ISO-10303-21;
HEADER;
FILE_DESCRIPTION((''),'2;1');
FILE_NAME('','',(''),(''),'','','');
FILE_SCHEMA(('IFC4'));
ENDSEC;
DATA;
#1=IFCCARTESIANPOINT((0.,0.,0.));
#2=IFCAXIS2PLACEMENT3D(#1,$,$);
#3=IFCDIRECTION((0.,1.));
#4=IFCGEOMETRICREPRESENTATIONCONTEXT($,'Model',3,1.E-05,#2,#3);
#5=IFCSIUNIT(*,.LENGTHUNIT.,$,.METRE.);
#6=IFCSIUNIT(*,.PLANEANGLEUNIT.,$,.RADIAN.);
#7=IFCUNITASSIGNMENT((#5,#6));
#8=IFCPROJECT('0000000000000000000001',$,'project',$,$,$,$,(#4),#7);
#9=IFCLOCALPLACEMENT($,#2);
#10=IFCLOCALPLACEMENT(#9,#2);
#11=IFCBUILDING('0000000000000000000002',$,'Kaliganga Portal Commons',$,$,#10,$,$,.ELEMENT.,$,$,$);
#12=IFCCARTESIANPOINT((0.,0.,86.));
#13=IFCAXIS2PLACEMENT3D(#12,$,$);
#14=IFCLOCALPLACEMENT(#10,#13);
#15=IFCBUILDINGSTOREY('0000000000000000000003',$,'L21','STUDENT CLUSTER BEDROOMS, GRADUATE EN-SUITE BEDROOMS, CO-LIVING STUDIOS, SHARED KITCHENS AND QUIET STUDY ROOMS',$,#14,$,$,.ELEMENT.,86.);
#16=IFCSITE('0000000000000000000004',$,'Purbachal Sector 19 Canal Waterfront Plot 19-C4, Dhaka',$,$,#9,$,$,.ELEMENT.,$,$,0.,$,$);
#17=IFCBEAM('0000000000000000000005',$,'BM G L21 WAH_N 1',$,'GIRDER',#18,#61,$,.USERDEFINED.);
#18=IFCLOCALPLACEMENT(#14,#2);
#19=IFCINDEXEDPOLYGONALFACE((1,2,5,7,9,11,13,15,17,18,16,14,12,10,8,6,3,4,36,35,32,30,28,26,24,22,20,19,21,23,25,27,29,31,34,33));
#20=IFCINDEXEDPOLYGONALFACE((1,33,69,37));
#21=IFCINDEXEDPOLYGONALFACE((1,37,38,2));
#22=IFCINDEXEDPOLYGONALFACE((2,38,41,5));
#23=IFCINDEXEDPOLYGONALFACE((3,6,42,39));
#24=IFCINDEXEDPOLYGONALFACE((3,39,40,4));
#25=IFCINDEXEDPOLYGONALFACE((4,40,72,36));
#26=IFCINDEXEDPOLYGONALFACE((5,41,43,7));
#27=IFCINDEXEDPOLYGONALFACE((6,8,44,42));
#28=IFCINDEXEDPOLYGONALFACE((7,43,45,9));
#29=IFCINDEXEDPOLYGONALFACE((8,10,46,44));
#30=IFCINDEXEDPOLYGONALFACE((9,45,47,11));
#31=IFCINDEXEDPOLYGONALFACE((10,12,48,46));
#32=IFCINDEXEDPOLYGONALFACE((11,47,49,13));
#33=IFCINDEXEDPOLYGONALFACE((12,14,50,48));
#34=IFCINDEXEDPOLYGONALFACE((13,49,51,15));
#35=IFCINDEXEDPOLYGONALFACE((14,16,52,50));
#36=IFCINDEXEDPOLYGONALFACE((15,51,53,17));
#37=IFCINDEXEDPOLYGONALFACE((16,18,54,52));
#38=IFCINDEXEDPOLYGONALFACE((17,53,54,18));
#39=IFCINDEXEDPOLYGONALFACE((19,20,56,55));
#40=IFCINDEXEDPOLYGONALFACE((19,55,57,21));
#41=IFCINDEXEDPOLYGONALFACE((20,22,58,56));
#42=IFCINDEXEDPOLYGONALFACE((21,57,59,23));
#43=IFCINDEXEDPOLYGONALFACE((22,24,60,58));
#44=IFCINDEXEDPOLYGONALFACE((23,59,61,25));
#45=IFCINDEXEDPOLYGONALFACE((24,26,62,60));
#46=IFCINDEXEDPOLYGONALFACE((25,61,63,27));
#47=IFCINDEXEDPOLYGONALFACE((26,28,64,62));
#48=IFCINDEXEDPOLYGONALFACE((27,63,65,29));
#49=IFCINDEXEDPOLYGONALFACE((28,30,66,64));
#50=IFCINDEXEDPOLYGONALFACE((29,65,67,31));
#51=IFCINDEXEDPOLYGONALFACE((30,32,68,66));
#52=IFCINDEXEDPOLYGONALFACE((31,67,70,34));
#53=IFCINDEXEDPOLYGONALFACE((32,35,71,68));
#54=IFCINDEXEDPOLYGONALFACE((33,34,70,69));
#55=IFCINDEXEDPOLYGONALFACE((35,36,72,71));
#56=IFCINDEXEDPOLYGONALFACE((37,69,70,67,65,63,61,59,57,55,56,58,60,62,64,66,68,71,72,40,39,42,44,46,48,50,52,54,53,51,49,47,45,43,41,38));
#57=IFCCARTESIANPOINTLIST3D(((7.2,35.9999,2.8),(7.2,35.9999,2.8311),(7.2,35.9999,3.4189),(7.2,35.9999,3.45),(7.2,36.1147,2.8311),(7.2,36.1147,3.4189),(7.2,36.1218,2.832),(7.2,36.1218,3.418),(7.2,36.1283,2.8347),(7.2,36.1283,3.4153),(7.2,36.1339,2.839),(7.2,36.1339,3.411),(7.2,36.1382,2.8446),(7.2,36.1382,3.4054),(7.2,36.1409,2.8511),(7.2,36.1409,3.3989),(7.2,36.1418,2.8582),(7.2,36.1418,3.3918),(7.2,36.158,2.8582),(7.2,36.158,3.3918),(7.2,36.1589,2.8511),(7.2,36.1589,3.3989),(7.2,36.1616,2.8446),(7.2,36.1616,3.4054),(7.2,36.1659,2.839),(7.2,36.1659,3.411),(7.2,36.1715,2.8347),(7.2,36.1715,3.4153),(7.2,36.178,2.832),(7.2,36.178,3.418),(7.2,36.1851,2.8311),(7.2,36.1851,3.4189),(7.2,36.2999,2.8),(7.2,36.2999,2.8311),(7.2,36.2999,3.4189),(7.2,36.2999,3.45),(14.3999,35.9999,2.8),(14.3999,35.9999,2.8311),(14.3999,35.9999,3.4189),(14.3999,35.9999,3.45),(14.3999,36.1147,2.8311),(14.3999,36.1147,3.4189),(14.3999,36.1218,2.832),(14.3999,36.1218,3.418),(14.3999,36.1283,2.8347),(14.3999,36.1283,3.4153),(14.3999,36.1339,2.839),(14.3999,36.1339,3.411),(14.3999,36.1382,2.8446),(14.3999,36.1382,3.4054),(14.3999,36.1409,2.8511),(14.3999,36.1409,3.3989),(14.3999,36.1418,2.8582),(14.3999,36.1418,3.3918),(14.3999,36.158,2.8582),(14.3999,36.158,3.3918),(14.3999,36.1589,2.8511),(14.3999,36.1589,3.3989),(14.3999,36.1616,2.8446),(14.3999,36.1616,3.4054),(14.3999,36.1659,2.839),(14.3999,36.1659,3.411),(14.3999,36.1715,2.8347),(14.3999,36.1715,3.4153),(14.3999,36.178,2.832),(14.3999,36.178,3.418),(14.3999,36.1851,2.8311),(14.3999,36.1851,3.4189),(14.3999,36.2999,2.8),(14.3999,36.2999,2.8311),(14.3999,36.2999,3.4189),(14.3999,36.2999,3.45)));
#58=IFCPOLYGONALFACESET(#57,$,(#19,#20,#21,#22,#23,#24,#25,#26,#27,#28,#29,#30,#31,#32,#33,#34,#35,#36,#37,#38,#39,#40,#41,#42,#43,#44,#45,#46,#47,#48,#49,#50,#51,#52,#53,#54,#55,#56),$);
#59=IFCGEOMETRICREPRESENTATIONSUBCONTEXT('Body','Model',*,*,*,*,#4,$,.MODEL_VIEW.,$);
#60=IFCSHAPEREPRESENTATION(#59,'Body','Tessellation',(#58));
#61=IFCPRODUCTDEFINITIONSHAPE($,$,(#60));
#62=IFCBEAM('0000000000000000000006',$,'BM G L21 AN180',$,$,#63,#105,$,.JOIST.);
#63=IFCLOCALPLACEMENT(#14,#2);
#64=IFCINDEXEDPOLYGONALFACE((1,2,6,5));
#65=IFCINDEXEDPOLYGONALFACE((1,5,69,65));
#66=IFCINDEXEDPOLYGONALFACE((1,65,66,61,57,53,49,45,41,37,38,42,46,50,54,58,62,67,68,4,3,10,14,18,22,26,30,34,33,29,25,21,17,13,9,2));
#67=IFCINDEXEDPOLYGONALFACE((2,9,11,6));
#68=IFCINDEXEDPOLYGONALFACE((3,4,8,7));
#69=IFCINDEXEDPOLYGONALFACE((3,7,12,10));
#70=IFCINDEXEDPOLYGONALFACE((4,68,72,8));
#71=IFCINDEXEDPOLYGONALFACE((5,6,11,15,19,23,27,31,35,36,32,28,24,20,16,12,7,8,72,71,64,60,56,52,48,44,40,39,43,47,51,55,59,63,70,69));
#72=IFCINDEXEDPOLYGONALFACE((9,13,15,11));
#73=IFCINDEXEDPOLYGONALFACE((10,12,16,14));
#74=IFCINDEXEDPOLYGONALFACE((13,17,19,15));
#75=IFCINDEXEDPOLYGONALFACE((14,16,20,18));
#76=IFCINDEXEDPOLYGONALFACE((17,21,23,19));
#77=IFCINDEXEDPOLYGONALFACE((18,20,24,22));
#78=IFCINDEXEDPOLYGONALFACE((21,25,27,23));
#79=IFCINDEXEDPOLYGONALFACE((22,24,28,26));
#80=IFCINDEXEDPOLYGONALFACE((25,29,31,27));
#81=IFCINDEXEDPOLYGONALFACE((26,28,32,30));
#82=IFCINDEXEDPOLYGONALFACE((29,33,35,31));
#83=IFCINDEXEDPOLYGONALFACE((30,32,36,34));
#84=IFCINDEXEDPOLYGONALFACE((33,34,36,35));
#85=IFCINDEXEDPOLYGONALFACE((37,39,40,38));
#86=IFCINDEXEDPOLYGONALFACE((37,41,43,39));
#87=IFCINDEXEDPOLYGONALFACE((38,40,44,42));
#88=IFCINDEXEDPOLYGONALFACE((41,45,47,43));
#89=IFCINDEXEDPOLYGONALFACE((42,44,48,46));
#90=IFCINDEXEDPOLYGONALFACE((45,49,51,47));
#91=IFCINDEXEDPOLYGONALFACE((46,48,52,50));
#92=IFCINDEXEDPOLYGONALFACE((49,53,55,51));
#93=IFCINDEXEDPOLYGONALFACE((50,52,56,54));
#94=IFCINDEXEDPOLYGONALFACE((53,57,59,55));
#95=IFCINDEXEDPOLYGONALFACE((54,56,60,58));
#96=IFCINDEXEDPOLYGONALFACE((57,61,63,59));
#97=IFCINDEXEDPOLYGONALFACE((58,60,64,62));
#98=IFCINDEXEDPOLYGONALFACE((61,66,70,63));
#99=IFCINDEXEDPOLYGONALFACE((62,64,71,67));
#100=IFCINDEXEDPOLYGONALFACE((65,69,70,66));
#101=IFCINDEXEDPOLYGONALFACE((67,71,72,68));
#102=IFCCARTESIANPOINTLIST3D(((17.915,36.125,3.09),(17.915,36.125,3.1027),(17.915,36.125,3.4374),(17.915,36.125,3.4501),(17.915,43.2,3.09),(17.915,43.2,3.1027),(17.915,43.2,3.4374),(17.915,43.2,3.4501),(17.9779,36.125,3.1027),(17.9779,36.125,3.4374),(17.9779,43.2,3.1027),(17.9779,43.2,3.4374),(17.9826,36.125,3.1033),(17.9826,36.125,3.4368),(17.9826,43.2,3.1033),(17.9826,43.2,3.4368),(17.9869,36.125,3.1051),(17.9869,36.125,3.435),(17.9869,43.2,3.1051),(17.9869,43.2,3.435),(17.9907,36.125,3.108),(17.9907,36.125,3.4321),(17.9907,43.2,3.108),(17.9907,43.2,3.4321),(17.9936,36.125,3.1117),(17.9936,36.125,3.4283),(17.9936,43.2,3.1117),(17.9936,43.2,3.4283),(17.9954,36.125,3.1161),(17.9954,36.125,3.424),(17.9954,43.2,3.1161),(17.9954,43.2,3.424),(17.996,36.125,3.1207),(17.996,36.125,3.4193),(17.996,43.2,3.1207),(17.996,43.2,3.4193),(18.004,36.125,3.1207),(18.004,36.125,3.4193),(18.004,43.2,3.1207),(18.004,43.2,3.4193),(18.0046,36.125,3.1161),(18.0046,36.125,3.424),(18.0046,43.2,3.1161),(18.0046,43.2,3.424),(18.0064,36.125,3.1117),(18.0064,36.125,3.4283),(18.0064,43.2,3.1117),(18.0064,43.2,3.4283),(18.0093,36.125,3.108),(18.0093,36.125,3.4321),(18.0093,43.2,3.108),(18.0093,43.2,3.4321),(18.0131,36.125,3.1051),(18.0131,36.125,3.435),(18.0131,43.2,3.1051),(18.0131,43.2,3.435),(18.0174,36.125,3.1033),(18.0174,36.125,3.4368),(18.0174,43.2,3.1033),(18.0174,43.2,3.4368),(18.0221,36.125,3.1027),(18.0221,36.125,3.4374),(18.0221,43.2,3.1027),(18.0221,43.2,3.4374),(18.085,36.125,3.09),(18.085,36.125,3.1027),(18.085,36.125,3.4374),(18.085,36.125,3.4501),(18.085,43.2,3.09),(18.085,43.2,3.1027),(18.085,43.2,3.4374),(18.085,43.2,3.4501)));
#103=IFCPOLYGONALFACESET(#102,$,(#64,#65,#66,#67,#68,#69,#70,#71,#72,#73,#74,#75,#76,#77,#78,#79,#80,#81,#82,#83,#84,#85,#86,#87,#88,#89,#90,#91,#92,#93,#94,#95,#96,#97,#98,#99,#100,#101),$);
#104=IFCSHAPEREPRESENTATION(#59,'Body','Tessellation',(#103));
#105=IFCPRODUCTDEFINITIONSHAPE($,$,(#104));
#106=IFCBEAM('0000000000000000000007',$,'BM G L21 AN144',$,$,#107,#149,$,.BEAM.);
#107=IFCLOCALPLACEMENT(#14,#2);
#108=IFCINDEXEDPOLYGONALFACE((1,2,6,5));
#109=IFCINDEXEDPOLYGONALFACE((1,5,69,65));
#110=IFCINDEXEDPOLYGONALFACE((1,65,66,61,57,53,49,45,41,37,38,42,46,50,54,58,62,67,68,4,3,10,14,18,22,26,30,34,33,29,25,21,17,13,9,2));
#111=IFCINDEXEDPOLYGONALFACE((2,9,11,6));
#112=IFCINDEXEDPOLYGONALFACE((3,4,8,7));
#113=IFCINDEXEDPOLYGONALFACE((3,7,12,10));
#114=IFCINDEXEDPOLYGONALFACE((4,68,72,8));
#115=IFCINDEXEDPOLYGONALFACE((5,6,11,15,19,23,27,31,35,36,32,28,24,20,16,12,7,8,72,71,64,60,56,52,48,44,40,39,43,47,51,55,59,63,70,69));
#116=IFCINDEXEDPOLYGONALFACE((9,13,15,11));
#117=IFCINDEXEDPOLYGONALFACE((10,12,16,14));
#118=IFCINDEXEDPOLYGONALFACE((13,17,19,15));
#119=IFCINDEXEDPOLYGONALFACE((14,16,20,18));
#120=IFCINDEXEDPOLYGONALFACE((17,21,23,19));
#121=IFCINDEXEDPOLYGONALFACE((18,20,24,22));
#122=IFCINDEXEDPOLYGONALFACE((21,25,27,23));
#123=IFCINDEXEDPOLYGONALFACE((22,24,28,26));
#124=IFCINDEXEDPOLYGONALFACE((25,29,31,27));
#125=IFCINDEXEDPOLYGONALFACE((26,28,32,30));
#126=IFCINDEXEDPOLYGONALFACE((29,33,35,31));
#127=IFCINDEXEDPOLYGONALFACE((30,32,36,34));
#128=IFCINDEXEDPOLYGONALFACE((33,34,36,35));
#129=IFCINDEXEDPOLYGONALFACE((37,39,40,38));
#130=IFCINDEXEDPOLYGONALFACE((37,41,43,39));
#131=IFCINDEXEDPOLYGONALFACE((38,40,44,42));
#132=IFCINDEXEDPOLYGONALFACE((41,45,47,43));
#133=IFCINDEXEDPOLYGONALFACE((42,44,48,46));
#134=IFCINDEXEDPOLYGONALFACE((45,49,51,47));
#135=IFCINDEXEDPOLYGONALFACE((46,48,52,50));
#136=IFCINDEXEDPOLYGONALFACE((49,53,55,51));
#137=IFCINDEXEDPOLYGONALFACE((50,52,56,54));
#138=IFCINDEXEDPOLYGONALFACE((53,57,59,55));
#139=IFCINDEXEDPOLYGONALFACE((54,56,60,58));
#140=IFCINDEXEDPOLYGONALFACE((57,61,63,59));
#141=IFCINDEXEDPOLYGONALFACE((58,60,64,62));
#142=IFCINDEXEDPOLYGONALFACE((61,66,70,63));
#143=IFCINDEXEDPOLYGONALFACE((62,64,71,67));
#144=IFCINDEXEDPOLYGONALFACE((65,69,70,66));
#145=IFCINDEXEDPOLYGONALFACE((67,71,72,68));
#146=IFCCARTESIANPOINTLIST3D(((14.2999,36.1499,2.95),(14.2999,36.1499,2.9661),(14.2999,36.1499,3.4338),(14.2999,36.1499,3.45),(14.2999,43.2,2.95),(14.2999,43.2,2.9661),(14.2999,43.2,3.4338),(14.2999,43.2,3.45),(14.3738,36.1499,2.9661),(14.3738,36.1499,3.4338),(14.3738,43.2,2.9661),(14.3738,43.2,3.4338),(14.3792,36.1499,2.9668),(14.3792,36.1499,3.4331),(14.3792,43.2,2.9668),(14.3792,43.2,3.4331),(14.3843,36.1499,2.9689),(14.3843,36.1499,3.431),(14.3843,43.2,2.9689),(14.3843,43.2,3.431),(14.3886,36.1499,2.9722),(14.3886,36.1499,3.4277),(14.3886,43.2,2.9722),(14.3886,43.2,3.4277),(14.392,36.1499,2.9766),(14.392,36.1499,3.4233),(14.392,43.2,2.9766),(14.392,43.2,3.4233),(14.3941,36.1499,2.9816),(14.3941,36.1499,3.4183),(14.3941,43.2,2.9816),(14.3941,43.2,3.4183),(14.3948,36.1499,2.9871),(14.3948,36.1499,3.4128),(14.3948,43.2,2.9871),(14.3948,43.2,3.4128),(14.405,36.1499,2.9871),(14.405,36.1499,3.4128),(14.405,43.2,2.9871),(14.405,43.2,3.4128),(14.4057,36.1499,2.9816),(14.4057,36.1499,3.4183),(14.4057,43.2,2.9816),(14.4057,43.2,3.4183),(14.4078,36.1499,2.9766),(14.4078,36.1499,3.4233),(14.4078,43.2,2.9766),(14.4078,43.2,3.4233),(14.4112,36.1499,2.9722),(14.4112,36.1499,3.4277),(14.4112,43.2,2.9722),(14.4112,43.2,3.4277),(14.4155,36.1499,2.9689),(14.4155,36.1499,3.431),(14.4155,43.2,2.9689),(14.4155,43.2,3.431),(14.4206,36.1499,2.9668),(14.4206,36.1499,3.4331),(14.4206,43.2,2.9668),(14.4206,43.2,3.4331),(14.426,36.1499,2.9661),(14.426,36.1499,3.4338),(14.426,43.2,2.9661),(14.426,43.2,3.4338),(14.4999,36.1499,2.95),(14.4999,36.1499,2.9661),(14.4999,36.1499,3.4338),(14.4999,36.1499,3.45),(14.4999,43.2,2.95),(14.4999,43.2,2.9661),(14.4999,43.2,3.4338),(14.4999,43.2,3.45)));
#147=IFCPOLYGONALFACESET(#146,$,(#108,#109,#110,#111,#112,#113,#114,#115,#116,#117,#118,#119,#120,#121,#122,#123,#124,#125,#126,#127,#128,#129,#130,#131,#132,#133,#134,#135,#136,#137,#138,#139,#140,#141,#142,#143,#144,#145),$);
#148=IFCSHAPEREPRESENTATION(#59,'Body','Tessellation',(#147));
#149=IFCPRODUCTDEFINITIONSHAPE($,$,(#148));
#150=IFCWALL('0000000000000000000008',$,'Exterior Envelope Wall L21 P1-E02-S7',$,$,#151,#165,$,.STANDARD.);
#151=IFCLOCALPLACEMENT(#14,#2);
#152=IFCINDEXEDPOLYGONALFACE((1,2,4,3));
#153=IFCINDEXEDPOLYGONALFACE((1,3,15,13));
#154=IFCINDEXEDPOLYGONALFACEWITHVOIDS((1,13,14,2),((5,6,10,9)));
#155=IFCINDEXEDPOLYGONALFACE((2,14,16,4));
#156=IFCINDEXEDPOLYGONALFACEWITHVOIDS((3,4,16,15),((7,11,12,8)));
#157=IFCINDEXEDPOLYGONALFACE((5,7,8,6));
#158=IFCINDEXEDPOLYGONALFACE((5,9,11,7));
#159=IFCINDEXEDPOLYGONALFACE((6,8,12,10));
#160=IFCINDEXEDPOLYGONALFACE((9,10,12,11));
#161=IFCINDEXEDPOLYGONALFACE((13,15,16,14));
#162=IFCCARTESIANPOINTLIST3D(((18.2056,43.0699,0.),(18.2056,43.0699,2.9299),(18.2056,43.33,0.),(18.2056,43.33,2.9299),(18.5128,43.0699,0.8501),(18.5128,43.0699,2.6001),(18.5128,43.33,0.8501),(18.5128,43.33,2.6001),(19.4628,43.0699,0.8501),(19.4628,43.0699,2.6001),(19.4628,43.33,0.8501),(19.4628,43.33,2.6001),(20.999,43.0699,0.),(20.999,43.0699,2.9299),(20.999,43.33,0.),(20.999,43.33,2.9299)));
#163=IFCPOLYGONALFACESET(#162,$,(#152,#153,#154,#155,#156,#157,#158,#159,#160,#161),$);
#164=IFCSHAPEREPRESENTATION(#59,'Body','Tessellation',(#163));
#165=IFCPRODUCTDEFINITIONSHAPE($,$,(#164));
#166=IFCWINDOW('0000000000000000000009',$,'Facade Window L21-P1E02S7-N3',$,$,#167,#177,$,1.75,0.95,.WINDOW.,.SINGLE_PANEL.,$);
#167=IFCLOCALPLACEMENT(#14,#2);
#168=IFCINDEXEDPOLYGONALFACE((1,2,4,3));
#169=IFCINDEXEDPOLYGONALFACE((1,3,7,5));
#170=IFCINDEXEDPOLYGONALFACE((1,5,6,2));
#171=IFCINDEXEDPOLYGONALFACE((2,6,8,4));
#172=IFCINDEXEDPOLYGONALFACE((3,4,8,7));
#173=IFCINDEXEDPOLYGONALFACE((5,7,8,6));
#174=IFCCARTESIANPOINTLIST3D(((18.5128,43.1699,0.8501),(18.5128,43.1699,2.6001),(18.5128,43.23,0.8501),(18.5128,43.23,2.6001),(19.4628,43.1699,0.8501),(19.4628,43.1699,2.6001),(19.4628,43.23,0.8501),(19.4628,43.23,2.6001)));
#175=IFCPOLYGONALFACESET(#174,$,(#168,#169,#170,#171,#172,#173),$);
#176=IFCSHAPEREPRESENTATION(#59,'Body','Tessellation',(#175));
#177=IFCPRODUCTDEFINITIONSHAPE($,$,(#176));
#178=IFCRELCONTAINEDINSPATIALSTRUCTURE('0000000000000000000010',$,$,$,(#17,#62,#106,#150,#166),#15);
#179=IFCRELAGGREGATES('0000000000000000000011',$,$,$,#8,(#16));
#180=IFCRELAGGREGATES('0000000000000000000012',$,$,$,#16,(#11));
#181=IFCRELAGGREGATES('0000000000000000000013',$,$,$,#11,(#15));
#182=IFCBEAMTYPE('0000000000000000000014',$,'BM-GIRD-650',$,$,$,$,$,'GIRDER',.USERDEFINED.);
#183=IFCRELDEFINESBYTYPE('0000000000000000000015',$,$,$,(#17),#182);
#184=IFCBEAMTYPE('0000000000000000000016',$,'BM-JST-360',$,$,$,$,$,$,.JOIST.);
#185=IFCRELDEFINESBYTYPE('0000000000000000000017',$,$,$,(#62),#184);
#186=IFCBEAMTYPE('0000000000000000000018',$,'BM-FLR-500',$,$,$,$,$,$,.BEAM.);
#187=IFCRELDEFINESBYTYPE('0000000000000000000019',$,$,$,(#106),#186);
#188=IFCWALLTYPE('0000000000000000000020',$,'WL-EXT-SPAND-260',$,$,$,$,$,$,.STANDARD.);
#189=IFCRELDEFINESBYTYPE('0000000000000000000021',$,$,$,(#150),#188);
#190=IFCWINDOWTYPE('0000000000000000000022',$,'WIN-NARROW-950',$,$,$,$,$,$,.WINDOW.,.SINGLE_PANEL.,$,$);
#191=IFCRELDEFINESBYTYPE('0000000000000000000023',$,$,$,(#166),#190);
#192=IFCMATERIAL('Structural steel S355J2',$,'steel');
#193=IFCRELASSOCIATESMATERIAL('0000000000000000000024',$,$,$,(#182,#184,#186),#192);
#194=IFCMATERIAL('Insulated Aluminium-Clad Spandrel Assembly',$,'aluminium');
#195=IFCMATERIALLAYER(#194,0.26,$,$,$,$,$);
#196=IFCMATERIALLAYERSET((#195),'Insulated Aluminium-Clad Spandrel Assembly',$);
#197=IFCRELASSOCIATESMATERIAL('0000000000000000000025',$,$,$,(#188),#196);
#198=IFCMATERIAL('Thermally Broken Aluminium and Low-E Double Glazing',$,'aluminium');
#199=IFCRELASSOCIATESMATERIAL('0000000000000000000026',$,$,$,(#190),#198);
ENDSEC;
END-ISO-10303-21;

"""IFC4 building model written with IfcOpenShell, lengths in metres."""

from ifc_helpers import new_model, si_unit, direction, frame, frame_2d, origin, origin_2d, place, context, subcontext, project, spatial, rectangle, i_section, extrude, source, transform, mapped, material, layer, layer_set, material_profile, profile_set, type_object, element, fill, save


model = new_model("IFC4")

# Units and contexts
model_context = context("Model", 3, precision=1e-05, world=origin(), true_north=direction((0.0, 1.0)))
body_context = subcontext(model_context, "Body", "Model", "MODEL_VIEW")
ifc_project = project(units=[si_unit("LENGTHUNIT", "METRE"), si_unit("PLANEANGLEUNIT", "RADIAN")], contexts=[model_context])

# Site, building, storey
site_placement = place(None, origin())
site = spatial("IfcSite", under=ifc_project, at=site_placement, Name="Purbachal Sector 19 Canal Waterfront Plot 19-C4, Dhaka", CompositionType="ELEMENT", RefElevation=0.0)
building_placement = place(site_placement, origin())
building = spatial("IfcBuilding", under=site, at=building_placement, Name="Kaliganga Portal Commons", CompositionType="ELEMENT")
storey_placement = place(building_placement, frame((0.0, 0.0, 86.0)))
storey = spatial("IfcBuildingStorey", under=building, at=storey_placement, Name="L21", Description="STUDENT CLUSTER BEDROOMS, GRADUATE EN-SUITE BEDROOMS, CO-LIVING STUDIOS, SHARED KITCHENS AND QUIET STUDY ROOMS", CompositionType="ELEMENT", Elevation=86.0)

# Beams
ifc_material_1 = material(Name="Structural steel S355J2", Category="steel")
ifc_material_profile_1 = material_profile(ifc_material_1, i_section(OverallWidth=0.3, OverallDepth=0.6499, WebThickness=0.0161, FlangeThickness=0.031, FilletRadius=0.0271, at=origin_2d()), Name="HE 650 B")
ifc_profile_set_1 = profile_set([ifc_material_profile_1], Name="Structural steel S355J2 wide-flange")
beam_type_1 = type_object("IfcBeamType", Name="BM-GIRD-650", ElementType="GIRDER", PredefinedType="USERDEFINED", material=ifc_profile_set_1)
shared_shape_1 = source(origin(), body_context, "Body", "SweptSolid", [
    extrude(i_section(OverallWidth=0.3, OverallDepth=0.6499, WebThickness=0.0161, FlangeThickness=0.031, FilletRadius=0.0271, at=origin_2d()), origin(), (0.0, 0.0, 1.0), 7.2),
])
beam_1_placement = place(storey_placement, frame((7.2, 36.1499, 3.125), z_axis=(1.0, 0.0, 0.0), x_axis=(0.0, 1.0, 0.0)))
element("IfcBeam", 1, at=beam_1_placement, inside=storey, type_object=beam_type_1, Name="BM G L21 WAH_N 1", ObjectType="GIRDER", PredefinedType="USERDEFINED", context=body_context, shape_type="MappedRepresentation", body=[
    mapped(shared_shape_1, transform((0.0, 0.0, 0.0), x_axis=(1.0, 0.0, 0.0), y_axis=(0.0, 1.0, 0.0), z_axis=(0.0, 0.0, 1.0), scale=1.0)),
])
ifc_material_profile_2 = material_profile(ifc_material_1, i_section(OverallWidth=0.1699, OverallDepth=0.3601, WebThickness=0.0081, FlangeThickness=0.0127, FilletRadius=0.0181, at=origin_2d()), Name="IPE 360")
ifc_profile_set_2 = profile_set([ifc_material_profile_2], Name="Structural steel S355J2 wide-flange")
beam_type_2 = type_object("IfcBeamType", Name="BM-JST-360", PredefinedType="JOIST", material=ifc_profile_set_2)
shared_shape_2 = source(origin(), body_context, "Body", "SweptSolid", [
    extrude(i_section(OverallWidth=0.1699, OverallDepth=0.3601, WebThickness=0.0081, FlangeThickness=0.0127, FilletRadius=0.0181, at=origin_2d()), origin(), (0.0, 0.0, 1.0), 7.075),
])
beam_2_placement = place(storey_placement, frame((18.0, 36.125, 3.27), z_axis=(0.0, 1.0, 0.0), x_axis=(-1.0, 0.0, 0.0)))
element("IfcBeam", 2, at=beam_2_placement, inside=storey, type_object=beam_type_2, Name="BM G L21 AN180", PredefinedType="JOIST", context=body_context, shape_type="MappedRepresentation", body=[
    mapped(shared_shape_2, transform((0.0, 0.0, 0.0), x_axis=(1.0, 0.0, 0.0), y_axis=(0.0, 1.0, 0.0), z_axis=(0.0, 0.0, 1.0), scale=1.0)),
])
ifc_material_profile_3 = material_profile(ifc_material_1, i_section(OverallWidth=0.2, OverallDepth=0.5, WebThickness=0.0103, FlangeThickness=0.0161, FilletRadius=0.021, at=origin_2d()), Name="IPE 500")
ifc_profile_set_3 = profile_set([ifc_material_profile_3], Name="Structural steel S355J2 wide-flange")
beam_type_3 = type_object("IfcBeamType", Name="BM-FLR-500", PredefinedType="BEAM", material=ifc_profile_set_3)
shared_shape_3 = source(origin(), body_context, "Body", "SweptSolid", [
    extrude(i_section(OverallWidth=0.2, OverallDepth=0.5, WebThickness=0.0103, FlangeThickness=0.0161, FilletRadius=0.021, at=origin_2d()), origin(), (0.0, 0.0, 1.0), 7.05),
])
beam_3_placement = place(storey_placement, frame((14.3999, 36.1499, 3.2), z_axis=(0.0, 1.0, 0.0), x_axis=(-1.0, 0.0, 0.0)))
element("IfcBeam", 3, at=beam_3_placement, inside=storey, type_object=beam_type_3, Name="BM G L21 AN144", PredefinedType="BEAM", context=body_context, shape_type="MappedRepresentation", body=[
    mapped(shared_shape_3, transform((0.0, 0.0, 0.0), x_axis=(1.0, 0.0, 0.0), y_axis=(0.0, 1.0, 0.0), z_axis=(0.0, 0.0, 1.0), scale=1.0)),
])

# Wall, opening, window
ifc_material_2 = material(Name="Insulated Aluminium-Clad Spandrel Assembly", Category="aluminium")
ifc_layer_1 = layer(ifc_material_2, 0.26)
ifc_layer_set_1 = layer_set([ifc_layer_1], Name="Insulated Aluminium-Clad Spandrel Assembly")
wall_type_1 = type_object("IfcWallType", Name="WL-EXT-SPAND-260", PredefinedType="STANDARD", material=ifc_layer_set_1)
wall_1_placement = place(storey_placement, frame((18.2056, 43.2, 0.0), z_axis=(0.0, 0.0, 1.0), x_axis=(1.0, 0.0, 0.0)))
wall_1 = element("IfcWall", 4, at=wall_1_placement, inside=storey, type_object=wall_type_1, Name="Exterior Envelope Wall L21 P1-E02-S7", PredefinedType="STANDARD", context=body_context, shape_type="SweptSolid", body=[
    extrude(rectangle(XDim=2.7935, YDim=0.26, at=frame_2d((1.3967, 0.0))), origin(), (0.0, 0.0, 1.0), 2.9299),
])
opening_1_placement = place(wall_1_placement, frame((0.3071, 0.0, 0.8501)))
opening_1 = element("IfcOpeningElement", 5, at=opening_1_placement, cuts=wall_1, PredefinedType="OPENING", context=body_context, shape_type="SweptSolid", body=[
    extrude(rectangle(XDim=0.95, YDim=1.75, at=frame_2d((0.4751, 0.875))), frame((0.0, 0.1401, 0.0), z_axis=(0.0, -1.0, 0.0), x_axis=(1.0, 0.0, 0.0)), (0.0, 0.0, 1.0), 0.28),
])
ifc_material_3 = material(Name="Thermally Broken Aluminium and Low-E Double Glazing", Category="aluminium")
window_type_1 = type_object("IfcWindowType", Name="WIN-NARROW-950", PartitioningType="SINGLE_PANEL", PredefinedType="WINDOW", material=ifc_material_3)
window_1_placement = place(opening_1_placement, origin())
window_1 = element("IfcWindow", 6, at=window_1_placement, inside=storey, type_object=window_type_1, Name="Facade Window L21-P1E02S7-N3", OverallHeight=1.75, OverallWidth=0.95, PartitioningType="SINGLE_PANEL", PredefinedType="WINDOW", context=body_context, shape_type="SweptSolid", body=[
    extrude(rectangle(XDim=0.95, YDim=1.75, at=frame_2d((0.4751, 0.875))), frame((0.0, 0.03, 0.0), z_axis=(0.0, -1.0, 0.0), x_axis=(1.0, 0.0, 0.0)), (0.0, 0.0, 1.0), 0.0601),
])
fill(opening_1, window_1)

save(model, "model.ifc")
